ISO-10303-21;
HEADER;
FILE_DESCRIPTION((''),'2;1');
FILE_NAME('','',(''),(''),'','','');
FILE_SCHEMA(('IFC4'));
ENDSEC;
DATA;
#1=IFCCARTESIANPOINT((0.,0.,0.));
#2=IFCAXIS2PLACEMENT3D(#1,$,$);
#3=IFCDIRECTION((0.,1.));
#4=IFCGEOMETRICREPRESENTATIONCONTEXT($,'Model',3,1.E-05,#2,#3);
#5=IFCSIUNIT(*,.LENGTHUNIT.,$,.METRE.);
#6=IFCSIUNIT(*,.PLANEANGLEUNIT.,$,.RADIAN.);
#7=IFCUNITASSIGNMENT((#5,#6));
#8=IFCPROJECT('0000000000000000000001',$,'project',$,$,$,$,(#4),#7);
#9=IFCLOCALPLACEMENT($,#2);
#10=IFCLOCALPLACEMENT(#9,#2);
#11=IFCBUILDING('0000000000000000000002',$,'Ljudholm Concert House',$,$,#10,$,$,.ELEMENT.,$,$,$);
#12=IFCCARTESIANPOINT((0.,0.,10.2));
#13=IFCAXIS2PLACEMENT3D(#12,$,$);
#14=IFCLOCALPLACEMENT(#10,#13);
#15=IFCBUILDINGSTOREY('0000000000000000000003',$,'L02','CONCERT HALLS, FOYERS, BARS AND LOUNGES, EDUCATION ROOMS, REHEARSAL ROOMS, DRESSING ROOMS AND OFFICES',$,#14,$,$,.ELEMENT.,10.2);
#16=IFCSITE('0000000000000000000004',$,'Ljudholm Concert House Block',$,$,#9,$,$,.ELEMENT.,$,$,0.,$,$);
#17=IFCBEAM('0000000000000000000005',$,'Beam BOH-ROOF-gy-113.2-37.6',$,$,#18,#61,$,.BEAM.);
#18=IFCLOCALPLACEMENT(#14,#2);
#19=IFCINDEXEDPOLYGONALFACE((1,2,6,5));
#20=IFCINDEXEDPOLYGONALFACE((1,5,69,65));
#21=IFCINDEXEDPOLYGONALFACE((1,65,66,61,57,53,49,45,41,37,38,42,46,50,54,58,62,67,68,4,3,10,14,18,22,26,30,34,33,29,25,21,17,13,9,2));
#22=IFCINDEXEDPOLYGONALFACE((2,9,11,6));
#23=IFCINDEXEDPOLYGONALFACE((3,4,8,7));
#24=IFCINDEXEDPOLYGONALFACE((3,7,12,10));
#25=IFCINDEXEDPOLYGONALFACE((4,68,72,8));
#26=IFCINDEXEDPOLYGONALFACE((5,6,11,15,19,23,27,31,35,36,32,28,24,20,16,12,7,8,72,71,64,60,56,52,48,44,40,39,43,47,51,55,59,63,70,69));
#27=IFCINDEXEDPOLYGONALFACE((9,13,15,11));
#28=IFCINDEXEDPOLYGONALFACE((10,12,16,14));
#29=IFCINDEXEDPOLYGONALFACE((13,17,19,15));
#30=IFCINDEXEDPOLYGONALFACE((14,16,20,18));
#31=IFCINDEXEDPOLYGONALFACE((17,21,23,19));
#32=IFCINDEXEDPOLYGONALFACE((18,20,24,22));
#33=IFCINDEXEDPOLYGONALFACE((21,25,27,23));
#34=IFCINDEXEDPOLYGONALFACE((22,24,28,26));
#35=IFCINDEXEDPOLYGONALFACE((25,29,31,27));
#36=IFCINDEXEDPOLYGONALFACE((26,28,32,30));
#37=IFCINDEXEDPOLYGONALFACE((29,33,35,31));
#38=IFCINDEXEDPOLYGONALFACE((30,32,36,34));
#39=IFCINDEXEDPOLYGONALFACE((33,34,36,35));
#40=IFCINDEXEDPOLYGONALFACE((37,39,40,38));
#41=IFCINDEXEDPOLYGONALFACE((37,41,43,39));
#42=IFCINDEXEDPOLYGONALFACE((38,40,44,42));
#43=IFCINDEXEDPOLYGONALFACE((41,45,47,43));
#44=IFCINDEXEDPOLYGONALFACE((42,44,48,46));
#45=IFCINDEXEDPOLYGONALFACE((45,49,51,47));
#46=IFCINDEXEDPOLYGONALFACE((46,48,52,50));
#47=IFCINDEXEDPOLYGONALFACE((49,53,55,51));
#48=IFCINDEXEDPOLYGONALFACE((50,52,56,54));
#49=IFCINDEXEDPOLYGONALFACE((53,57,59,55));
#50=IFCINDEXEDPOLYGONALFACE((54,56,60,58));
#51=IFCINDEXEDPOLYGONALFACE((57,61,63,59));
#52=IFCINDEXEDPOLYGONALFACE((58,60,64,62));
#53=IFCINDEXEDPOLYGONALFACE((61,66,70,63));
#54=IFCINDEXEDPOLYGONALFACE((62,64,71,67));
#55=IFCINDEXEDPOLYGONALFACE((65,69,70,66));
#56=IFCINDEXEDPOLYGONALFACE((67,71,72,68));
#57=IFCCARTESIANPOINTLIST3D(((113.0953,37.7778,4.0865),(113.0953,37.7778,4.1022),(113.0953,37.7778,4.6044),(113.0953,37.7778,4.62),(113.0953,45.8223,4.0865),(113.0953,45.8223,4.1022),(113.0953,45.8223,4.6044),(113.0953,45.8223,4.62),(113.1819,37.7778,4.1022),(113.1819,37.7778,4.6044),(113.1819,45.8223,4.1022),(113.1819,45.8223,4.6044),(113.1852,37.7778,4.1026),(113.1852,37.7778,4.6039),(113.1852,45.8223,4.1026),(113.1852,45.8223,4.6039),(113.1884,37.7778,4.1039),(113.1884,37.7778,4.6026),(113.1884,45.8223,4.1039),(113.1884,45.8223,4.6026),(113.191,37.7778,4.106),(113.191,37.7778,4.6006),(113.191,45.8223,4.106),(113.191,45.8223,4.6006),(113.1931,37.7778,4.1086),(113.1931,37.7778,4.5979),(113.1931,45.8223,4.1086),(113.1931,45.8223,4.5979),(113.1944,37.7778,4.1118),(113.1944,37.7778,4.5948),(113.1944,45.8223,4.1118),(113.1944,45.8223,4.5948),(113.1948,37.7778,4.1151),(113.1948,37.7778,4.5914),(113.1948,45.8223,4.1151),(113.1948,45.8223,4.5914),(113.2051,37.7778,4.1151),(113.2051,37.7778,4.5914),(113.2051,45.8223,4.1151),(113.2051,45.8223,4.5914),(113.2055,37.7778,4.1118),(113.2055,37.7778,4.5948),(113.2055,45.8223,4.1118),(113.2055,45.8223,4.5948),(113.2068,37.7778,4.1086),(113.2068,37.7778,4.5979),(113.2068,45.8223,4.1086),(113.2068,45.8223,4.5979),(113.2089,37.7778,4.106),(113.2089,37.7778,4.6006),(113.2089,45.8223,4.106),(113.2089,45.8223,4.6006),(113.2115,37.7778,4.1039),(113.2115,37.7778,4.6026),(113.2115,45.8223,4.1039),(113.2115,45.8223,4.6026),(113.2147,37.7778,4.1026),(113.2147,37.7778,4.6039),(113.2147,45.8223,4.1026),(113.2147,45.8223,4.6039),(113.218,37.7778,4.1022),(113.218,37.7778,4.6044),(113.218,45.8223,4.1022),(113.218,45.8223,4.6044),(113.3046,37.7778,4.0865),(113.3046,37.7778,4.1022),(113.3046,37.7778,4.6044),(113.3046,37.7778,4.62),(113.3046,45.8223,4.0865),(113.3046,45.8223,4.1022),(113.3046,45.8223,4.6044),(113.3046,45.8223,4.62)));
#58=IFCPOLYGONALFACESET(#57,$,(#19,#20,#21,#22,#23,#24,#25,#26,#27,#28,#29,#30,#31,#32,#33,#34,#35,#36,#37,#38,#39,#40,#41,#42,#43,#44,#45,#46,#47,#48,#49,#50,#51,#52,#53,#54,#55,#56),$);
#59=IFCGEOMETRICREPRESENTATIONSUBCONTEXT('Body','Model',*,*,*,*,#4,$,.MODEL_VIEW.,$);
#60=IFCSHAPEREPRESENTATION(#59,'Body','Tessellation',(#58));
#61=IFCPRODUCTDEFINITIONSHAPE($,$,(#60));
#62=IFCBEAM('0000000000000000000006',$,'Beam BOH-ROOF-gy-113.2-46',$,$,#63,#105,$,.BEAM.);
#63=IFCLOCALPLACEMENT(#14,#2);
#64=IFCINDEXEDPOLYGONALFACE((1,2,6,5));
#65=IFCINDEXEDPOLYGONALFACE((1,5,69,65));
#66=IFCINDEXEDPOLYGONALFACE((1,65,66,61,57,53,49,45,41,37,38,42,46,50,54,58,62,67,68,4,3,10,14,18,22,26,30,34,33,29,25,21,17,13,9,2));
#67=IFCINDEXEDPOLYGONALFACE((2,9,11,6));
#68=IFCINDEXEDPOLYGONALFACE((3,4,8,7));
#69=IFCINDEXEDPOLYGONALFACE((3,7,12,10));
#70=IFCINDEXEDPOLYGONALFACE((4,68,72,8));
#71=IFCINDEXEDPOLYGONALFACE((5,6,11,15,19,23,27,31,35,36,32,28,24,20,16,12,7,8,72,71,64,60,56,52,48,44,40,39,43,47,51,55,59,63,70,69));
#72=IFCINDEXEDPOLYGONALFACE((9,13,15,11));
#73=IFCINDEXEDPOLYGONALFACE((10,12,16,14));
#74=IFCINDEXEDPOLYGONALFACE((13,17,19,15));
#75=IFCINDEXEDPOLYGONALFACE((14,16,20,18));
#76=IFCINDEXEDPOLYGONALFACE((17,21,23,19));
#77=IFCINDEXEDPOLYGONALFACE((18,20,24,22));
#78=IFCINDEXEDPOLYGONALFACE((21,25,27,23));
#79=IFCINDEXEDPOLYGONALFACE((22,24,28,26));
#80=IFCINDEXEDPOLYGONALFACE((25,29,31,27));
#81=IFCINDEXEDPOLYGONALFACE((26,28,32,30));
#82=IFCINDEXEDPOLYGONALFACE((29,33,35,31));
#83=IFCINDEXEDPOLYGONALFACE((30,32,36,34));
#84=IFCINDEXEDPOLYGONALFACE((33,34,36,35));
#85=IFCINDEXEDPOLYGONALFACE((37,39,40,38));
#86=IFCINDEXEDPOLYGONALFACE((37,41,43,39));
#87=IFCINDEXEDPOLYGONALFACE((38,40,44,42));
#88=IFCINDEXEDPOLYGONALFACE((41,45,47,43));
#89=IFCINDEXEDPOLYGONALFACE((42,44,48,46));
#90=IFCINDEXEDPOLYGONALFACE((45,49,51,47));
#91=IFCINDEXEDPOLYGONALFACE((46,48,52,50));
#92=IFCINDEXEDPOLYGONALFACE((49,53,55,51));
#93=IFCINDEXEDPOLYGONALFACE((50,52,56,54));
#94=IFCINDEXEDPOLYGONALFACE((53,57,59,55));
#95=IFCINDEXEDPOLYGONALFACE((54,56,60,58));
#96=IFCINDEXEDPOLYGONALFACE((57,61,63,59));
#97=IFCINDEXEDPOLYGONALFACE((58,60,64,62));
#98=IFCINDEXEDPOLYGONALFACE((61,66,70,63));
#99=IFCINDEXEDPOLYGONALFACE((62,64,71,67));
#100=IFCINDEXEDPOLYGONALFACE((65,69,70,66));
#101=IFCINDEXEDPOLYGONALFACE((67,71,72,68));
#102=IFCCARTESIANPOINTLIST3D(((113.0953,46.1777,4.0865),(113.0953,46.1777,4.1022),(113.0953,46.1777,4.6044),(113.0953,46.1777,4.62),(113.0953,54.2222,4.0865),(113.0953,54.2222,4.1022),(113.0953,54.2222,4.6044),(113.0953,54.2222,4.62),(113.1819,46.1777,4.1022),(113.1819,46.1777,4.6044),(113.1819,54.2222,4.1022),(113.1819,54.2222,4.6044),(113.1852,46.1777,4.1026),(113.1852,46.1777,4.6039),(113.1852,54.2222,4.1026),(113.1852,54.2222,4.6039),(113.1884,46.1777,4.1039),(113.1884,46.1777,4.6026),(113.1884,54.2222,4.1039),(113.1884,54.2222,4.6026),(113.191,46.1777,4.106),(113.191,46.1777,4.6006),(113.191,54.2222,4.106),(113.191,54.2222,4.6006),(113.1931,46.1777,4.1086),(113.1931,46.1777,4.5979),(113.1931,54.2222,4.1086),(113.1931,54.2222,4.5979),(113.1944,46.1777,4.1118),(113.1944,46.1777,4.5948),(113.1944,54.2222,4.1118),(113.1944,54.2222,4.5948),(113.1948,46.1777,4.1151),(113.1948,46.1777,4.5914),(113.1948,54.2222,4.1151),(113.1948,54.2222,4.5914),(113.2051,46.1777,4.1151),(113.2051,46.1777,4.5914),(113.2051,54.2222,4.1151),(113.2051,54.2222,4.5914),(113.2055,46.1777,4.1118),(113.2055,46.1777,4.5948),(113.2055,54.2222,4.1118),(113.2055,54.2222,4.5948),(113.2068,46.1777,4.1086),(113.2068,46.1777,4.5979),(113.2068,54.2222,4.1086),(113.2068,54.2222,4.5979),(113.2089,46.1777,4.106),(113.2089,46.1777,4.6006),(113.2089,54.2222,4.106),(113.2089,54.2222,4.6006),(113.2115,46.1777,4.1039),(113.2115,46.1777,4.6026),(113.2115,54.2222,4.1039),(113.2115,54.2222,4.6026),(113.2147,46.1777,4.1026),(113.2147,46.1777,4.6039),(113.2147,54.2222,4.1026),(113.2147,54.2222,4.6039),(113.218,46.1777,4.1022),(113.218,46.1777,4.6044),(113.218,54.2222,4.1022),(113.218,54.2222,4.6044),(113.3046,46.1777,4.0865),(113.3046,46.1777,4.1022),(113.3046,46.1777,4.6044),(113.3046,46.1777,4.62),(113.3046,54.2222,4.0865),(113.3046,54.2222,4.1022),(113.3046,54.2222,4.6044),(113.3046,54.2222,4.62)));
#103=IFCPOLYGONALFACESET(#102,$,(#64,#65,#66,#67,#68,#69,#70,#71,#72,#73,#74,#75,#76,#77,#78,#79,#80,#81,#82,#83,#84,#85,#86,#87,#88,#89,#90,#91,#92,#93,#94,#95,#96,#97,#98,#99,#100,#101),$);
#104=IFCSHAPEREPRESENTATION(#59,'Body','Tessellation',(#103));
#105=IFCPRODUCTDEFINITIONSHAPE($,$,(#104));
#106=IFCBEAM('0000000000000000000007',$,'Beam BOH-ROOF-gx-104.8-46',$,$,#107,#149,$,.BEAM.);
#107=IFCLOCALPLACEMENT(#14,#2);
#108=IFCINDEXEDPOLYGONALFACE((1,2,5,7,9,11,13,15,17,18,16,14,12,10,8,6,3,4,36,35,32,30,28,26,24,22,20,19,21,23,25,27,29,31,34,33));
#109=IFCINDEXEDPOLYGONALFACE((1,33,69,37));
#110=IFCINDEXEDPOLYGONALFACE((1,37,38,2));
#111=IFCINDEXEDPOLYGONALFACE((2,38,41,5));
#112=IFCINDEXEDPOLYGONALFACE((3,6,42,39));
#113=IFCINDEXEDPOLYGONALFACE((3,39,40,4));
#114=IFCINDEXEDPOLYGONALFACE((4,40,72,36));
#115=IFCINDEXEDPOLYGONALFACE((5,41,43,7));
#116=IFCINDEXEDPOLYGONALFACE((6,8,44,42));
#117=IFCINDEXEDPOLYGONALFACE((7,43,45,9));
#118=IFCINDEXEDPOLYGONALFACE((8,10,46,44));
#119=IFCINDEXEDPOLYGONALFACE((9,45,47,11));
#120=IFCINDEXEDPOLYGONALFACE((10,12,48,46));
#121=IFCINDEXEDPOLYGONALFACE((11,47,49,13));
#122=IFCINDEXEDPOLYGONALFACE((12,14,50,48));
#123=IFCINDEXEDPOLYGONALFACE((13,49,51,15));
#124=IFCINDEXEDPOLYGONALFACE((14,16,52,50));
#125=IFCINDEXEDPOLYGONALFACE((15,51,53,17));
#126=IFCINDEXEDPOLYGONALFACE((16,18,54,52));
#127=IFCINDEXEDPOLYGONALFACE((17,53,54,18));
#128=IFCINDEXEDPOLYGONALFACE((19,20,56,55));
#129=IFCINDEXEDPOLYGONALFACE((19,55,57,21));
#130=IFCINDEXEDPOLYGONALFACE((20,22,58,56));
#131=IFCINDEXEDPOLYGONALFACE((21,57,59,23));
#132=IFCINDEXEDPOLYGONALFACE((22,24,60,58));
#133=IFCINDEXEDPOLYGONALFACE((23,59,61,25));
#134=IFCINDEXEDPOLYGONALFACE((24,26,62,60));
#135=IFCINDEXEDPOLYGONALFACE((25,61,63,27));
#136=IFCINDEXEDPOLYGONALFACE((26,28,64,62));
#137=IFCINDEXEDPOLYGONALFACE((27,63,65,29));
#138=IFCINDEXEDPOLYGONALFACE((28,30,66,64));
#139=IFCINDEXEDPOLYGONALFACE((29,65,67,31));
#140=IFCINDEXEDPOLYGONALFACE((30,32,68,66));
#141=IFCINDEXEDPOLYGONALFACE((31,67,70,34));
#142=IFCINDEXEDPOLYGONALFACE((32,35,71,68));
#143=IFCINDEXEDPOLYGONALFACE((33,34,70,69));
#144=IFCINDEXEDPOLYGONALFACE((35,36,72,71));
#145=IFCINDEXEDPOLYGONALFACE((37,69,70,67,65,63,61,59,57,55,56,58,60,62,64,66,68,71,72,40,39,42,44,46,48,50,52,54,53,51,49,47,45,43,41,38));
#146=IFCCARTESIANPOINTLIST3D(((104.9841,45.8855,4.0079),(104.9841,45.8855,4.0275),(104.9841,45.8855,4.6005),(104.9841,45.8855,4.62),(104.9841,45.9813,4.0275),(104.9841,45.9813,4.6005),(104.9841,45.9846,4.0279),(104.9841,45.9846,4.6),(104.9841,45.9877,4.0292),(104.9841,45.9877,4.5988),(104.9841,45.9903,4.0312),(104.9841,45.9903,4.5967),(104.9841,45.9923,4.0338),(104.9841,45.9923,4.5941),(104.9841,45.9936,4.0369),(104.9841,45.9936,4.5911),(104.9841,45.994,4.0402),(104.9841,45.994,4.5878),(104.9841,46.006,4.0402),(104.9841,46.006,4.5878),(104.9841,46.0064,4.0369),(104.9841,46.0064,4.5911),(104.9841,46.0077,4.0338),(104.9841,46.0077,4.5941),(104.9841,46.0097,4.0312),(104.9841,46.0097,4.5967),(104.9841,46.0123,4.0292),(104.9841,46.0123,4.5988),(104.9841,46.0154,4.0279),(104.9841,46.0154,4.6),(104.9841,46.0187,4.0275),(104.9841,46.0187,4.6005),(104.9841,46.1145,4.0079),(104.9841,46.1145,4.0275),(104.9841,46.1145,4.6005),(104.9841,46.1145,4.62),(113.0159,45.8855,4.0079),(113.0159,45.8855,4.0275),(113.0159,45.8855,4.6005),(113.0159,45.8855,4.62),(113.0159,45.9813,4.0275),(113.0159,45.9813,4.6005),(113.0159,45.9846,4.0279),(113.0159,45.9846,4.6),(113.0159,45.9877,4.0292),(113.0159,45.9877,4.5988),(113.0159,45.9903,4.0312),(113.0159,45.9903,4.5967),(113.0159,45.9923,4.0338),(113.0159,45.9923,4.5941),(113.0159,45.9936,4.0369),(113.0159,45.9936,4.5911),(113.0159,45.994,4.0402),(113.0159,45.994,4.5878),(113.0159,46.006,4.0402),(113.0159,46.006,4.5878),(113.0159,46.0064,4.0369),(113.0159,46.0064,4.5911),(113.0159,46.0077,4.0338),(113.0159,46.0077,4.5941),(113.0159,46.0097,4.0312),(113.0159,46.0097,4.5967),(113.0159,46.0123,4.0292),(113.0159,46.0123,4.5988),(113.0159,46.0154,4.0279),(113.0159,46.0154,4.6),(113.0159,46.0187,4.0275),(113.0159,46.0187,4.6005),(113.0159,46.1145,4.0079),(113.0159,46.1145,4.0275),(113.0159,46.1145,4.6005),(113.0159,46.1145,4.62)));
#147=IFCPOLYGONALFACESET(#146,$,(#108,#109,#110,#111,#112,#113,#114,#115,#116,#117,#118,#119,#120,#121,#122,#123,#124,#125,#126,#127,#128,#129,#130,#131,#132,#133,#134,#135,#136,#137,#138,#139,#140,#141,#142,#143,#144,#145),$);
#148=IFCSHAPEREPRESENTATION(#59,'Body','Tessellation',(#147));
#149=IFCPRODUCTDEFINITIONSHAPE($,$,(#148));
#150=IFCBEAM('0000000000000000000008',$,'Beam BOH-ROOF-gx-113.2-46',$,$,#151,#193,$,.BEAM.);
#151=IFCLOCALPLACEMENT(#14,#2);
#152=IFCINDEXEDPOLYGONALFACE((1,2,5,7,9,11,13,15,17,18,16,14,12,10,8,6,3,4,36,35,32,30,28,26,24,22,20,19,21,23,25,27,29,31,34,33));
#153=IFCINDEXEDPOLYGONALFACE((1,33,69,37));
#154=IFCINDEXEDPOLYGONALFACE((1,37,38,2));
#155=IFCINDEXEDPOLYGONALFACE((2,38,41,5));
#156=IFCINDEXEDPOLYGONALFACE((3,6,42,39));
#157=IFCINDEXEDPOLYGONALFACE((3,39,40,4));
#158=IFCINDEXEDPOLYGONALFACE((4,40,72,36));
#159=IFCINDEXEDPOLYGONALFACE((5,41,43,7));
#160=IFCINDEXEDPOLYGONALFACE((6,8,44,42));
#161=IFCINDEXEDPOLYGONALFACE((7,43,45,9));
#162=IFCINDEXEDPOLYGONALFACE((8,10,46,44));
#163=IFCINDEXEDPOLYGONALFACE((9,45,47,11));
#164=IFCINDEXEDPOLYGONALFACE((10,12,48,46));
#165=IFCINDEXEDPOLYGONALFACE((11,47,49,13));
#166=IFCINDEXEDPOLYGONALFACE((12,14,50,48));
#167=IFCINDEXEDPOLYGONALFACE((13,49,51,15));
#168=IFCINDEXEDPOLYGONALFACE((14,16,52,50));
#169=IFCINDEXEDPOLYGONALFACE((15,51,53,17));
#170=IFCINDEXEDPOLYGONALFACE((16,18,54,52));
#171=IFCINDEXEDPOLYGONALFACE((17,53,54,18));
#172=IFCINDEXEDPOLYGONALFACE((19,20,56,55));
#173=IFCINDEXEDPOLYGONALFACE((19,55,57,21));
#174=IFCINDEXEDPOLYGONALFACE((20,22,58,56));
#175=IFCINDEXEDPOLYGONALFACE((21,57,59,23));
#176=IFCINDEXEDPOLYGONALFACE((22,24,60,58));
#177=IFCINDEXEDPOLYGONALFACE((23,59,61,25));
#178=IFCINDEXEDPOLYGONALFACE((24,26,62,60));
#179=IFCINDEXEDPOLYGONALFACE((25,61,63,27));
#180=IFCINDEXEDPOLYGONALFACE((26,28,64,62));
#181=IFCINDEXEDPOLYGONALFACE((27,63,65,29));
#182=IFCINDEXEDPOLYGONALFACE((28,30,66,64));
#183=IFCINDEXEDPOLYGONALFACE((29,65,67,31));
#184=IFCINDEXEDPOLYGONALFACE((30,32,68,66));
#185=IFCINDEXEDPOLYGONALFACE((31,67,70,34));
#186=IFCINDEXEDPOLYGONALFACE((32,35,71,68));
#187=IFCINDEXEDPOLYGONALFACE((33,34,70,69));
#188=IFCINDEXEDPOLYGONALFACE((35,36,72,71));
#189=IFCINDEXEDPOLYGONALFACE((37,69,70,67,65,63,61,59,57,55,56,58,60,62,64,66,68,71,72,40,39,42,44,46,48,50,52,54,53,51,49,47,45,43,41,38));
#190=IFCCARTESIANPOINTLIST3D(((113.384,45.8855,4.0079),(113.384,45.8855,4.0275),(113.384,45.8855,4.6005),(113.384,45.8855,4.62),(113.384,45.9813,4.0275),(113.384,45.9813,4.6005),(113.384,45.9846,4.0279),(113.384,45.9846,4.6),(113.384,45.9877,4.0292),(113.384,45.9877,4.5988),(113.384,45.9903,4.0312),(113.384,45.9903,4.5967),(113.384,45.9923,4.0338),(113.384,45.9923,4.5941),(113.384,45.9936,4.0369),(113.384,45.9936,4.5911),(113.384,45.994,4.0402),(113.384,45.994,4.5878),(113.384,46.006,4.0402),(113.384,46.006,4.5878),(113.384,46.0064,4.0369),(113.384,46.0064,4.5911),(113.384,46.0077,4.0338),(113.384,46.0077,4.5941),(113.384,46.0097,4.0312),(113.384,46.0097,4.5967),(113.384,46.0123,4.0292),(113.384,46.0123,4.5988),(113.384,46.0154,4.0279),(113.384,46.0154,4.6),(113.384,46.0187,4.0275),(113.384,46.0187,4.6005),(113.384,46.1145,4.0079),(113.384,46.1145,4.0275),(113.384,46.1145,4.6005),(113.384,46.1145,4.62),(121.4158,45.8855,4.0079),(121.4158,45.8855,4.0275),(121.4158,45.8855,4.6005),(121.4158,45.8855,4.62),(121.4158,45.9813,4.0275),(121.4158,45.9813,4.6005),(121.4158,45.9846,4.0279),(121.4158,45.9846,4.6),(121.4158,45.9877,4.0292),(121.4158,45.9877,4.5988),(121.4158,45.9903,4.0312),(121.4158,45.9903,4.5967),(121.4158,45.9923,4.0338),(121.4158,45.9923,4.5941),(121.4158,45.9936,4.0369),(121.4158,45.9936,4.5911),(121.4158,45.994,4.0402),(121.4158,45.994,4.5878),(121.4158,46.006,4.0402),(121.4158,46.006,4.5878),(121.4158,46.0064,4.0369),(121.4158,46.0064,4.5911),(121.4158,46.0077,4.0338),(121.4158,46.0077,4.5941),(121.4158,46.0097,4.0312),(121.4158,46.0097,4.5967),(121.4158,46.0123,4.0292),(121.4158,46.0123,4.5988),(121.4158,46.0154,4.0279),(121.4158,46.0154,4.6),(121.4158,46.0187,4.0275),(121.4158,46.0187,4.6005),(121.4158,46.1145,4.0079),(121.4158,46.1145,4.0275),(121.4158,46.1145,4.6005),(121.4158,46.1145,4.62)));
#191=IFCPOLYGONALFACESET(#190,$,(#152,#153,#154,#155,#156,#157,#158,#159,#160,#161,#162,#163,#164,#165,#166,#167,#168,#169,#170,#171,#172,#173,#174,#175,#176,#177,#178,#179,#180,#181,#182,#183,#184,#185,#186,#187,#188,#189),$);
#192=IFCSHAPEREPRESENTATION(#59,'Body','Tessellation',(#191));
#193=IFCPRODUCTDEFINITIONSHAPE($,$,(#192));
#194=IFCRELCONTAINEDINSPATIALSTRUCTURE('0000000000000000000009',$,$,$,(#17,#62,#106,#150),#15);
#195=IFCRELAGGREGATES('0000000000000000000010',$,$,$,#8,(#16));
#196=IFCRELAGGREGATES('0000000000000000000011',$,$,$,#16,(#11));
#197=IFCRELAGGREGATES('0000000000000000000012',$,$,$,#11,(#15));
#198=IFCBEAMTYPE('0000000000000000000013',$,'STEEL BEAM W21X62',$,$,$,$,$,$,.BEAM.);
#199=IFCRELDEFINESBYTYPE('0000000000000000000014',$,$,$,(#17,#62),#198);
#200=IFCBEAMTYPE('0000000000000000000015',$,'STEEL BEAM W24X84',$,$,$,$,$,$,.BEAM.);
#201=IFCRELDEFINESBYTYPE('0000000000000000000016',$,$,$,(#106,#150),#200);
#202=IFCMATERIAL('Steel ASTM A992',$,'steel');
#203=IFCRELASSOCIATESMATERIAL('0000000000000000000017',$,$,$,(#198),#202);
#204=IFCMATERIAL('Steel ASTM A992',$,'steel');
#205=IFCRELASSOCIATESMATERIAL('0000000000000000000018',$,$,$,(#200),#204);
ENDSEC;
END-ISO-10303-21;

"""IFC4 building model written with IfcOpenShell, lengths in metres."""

from ifc_helpers import new_model, si_unit, direction, frame, origin, origin_2d, place, context, subcontext, project, spatial, i_section, extrude, material, material_profile, profile_set, type_object, element, save


model = new_model("IFC4")

# Units and contexts
model_context = context("Model", 3, precision=1e-05, world=origin(), true_north=direction((0.0, 1.0)))
body_context = subcontext(model_context, "Body", "Model", "MODEL_VIEW")
ifc_project = project(units=[si_unit("LENGTHUNIT", "METRE"), si_unit("PLANEANGLEUNIT", "RADIAN")], contexts=[model_context])

# Site, building, storey
site_placement = place(None, origin())
site = spatial("IfcSite", under=ifc_project, at=site_placement, Name="Ljudholm Concert House Block", CompositionType="ELEMENT", RefElevation=0.0)
building_placement = place(site_placement, origin())
building = spatial("IfcBuilding", under=site, at=building_placement, Name="Ljudholm Concert House", CompositionType="ELEMENT")
storey_placement = place(building_placement, frame((0.0, 0.0, 10.2)))
storey = spatial("IfcBuildingStorey", under=building, at=storey_placement, Name="L02", Description="CONCERT HALLS, FOYERS, BARS AND LOUNGES, EDUCATION ROOMS, REHEARSAL ROOMS, DRESSING ROOMS AND OFFICES", CompositionType="ELEMENT", Elevation=10.2)

# Beams
ifc_material_1 = material(Name="Steel ASTM A992", Category="steel")
ifc_material_profile_1 = material_profile(ifc_material_1, i_section(OverallWidth=0.2092, OverallDepth=0.5334, WebThickness=0.0103, FlangeThickness=0.0156, FilletRadius=0.0129, at=origin_2d()), Name="W21X62")
ifc_profile_set_1 = profile_set([ifc_material_profile_1], Name="Steel ASTM A992")
beam_type_1 = type_object("IfcBeamType", Name="STEEL BEAM W21X62", PredefinedType="BEAM", material=ifc_profile_set_1)
for number, where, z_axis, x_axis, name in (
    (1, (113.2, 37.7778, 4.3533), (0.0, 1.0, 0.0), (-1.0, 0.0, 0.0), "Beam BOH-ROOF-gy-113.2-37.6"),
    (2, (113.2, 46.1777, 4.3533), (0.0, 1.0, 0.0), (-1.0, 0.0, 0.0), "Beam BOH-ROOF-gy-113.2-46"),
):
    element("IfcBeam", number, at=place(storey_placement, frame(where, z_axis=z_axis, x_axis=x_axis)), inside=storey, type_object=beam_type_1, Name=name, PredefinedType="BEAM", context=body_context, shape_type="SweptSolid", body=[
        extrude(i_section(OverallWidth=0.2092, OverallDepth=0.5334, WebThickness=0.0103, FlangeThickness=0.0156, FilletRadius=0.0129, at=origin_2d()), origin(), (0.0, 0.0, 1.0), 8.0444),
    ])
ifc_material_2 = material(Name="Steel ASTM A992", Category="steel")
ifc_material_profile_2 = material_profile(ifc_material_2, i_section(OverallWidth=0.229, OverallDepth=0.6121, WebThickness=0.012, FlangeThickness=0.0195, FilletRadius=0.0127, at=origin_2d()), Name="W24X84")
ifc_profile_set_2 = profile_set([ifc_material_profile_2], Name="Steel ASTM A992")
beam_type_2 = type_object("IfcBeamType", Name="STEEL BEAM W24X84", PredefinedType="BEAM", material=ifc_profile_set_2)
for number, where, z_axis, x_axis, name in (
    (3, (104.9841, 46.0, 4.314), (1.0, 0.0, 0.0), (0.0, 1.0, 0.0), "Beam BOH-ROOF-gx-104.8-46"),
    (4, (113.384, 46.0, 4.314), (1.0, 0.0, 0.0), (0.0, 1.0, 0.0), "Beam BOH-ROOF-gx-113.2-46"),
):
    element("IfcBeam", number, at=place(storey_placement, frame(where, z_axis=z_axis, x_axis=x_axis)), inside=storey, type_object=beam_type_2, Name=name, PredefinedType="BEAM", context=body_context, shape_type="SweptSolid", body=[
        extrude(i_section(OverallWidth=0.229, OverallDepth=0.6121, WebThickness=0.012, FlangeThickness=0.0195, FilletRadius=0.0127, at=origin_2d()), origin(), (0.0, 0.0, 1.0), 8.0317),
    ])

save(model, "model.ifc")
